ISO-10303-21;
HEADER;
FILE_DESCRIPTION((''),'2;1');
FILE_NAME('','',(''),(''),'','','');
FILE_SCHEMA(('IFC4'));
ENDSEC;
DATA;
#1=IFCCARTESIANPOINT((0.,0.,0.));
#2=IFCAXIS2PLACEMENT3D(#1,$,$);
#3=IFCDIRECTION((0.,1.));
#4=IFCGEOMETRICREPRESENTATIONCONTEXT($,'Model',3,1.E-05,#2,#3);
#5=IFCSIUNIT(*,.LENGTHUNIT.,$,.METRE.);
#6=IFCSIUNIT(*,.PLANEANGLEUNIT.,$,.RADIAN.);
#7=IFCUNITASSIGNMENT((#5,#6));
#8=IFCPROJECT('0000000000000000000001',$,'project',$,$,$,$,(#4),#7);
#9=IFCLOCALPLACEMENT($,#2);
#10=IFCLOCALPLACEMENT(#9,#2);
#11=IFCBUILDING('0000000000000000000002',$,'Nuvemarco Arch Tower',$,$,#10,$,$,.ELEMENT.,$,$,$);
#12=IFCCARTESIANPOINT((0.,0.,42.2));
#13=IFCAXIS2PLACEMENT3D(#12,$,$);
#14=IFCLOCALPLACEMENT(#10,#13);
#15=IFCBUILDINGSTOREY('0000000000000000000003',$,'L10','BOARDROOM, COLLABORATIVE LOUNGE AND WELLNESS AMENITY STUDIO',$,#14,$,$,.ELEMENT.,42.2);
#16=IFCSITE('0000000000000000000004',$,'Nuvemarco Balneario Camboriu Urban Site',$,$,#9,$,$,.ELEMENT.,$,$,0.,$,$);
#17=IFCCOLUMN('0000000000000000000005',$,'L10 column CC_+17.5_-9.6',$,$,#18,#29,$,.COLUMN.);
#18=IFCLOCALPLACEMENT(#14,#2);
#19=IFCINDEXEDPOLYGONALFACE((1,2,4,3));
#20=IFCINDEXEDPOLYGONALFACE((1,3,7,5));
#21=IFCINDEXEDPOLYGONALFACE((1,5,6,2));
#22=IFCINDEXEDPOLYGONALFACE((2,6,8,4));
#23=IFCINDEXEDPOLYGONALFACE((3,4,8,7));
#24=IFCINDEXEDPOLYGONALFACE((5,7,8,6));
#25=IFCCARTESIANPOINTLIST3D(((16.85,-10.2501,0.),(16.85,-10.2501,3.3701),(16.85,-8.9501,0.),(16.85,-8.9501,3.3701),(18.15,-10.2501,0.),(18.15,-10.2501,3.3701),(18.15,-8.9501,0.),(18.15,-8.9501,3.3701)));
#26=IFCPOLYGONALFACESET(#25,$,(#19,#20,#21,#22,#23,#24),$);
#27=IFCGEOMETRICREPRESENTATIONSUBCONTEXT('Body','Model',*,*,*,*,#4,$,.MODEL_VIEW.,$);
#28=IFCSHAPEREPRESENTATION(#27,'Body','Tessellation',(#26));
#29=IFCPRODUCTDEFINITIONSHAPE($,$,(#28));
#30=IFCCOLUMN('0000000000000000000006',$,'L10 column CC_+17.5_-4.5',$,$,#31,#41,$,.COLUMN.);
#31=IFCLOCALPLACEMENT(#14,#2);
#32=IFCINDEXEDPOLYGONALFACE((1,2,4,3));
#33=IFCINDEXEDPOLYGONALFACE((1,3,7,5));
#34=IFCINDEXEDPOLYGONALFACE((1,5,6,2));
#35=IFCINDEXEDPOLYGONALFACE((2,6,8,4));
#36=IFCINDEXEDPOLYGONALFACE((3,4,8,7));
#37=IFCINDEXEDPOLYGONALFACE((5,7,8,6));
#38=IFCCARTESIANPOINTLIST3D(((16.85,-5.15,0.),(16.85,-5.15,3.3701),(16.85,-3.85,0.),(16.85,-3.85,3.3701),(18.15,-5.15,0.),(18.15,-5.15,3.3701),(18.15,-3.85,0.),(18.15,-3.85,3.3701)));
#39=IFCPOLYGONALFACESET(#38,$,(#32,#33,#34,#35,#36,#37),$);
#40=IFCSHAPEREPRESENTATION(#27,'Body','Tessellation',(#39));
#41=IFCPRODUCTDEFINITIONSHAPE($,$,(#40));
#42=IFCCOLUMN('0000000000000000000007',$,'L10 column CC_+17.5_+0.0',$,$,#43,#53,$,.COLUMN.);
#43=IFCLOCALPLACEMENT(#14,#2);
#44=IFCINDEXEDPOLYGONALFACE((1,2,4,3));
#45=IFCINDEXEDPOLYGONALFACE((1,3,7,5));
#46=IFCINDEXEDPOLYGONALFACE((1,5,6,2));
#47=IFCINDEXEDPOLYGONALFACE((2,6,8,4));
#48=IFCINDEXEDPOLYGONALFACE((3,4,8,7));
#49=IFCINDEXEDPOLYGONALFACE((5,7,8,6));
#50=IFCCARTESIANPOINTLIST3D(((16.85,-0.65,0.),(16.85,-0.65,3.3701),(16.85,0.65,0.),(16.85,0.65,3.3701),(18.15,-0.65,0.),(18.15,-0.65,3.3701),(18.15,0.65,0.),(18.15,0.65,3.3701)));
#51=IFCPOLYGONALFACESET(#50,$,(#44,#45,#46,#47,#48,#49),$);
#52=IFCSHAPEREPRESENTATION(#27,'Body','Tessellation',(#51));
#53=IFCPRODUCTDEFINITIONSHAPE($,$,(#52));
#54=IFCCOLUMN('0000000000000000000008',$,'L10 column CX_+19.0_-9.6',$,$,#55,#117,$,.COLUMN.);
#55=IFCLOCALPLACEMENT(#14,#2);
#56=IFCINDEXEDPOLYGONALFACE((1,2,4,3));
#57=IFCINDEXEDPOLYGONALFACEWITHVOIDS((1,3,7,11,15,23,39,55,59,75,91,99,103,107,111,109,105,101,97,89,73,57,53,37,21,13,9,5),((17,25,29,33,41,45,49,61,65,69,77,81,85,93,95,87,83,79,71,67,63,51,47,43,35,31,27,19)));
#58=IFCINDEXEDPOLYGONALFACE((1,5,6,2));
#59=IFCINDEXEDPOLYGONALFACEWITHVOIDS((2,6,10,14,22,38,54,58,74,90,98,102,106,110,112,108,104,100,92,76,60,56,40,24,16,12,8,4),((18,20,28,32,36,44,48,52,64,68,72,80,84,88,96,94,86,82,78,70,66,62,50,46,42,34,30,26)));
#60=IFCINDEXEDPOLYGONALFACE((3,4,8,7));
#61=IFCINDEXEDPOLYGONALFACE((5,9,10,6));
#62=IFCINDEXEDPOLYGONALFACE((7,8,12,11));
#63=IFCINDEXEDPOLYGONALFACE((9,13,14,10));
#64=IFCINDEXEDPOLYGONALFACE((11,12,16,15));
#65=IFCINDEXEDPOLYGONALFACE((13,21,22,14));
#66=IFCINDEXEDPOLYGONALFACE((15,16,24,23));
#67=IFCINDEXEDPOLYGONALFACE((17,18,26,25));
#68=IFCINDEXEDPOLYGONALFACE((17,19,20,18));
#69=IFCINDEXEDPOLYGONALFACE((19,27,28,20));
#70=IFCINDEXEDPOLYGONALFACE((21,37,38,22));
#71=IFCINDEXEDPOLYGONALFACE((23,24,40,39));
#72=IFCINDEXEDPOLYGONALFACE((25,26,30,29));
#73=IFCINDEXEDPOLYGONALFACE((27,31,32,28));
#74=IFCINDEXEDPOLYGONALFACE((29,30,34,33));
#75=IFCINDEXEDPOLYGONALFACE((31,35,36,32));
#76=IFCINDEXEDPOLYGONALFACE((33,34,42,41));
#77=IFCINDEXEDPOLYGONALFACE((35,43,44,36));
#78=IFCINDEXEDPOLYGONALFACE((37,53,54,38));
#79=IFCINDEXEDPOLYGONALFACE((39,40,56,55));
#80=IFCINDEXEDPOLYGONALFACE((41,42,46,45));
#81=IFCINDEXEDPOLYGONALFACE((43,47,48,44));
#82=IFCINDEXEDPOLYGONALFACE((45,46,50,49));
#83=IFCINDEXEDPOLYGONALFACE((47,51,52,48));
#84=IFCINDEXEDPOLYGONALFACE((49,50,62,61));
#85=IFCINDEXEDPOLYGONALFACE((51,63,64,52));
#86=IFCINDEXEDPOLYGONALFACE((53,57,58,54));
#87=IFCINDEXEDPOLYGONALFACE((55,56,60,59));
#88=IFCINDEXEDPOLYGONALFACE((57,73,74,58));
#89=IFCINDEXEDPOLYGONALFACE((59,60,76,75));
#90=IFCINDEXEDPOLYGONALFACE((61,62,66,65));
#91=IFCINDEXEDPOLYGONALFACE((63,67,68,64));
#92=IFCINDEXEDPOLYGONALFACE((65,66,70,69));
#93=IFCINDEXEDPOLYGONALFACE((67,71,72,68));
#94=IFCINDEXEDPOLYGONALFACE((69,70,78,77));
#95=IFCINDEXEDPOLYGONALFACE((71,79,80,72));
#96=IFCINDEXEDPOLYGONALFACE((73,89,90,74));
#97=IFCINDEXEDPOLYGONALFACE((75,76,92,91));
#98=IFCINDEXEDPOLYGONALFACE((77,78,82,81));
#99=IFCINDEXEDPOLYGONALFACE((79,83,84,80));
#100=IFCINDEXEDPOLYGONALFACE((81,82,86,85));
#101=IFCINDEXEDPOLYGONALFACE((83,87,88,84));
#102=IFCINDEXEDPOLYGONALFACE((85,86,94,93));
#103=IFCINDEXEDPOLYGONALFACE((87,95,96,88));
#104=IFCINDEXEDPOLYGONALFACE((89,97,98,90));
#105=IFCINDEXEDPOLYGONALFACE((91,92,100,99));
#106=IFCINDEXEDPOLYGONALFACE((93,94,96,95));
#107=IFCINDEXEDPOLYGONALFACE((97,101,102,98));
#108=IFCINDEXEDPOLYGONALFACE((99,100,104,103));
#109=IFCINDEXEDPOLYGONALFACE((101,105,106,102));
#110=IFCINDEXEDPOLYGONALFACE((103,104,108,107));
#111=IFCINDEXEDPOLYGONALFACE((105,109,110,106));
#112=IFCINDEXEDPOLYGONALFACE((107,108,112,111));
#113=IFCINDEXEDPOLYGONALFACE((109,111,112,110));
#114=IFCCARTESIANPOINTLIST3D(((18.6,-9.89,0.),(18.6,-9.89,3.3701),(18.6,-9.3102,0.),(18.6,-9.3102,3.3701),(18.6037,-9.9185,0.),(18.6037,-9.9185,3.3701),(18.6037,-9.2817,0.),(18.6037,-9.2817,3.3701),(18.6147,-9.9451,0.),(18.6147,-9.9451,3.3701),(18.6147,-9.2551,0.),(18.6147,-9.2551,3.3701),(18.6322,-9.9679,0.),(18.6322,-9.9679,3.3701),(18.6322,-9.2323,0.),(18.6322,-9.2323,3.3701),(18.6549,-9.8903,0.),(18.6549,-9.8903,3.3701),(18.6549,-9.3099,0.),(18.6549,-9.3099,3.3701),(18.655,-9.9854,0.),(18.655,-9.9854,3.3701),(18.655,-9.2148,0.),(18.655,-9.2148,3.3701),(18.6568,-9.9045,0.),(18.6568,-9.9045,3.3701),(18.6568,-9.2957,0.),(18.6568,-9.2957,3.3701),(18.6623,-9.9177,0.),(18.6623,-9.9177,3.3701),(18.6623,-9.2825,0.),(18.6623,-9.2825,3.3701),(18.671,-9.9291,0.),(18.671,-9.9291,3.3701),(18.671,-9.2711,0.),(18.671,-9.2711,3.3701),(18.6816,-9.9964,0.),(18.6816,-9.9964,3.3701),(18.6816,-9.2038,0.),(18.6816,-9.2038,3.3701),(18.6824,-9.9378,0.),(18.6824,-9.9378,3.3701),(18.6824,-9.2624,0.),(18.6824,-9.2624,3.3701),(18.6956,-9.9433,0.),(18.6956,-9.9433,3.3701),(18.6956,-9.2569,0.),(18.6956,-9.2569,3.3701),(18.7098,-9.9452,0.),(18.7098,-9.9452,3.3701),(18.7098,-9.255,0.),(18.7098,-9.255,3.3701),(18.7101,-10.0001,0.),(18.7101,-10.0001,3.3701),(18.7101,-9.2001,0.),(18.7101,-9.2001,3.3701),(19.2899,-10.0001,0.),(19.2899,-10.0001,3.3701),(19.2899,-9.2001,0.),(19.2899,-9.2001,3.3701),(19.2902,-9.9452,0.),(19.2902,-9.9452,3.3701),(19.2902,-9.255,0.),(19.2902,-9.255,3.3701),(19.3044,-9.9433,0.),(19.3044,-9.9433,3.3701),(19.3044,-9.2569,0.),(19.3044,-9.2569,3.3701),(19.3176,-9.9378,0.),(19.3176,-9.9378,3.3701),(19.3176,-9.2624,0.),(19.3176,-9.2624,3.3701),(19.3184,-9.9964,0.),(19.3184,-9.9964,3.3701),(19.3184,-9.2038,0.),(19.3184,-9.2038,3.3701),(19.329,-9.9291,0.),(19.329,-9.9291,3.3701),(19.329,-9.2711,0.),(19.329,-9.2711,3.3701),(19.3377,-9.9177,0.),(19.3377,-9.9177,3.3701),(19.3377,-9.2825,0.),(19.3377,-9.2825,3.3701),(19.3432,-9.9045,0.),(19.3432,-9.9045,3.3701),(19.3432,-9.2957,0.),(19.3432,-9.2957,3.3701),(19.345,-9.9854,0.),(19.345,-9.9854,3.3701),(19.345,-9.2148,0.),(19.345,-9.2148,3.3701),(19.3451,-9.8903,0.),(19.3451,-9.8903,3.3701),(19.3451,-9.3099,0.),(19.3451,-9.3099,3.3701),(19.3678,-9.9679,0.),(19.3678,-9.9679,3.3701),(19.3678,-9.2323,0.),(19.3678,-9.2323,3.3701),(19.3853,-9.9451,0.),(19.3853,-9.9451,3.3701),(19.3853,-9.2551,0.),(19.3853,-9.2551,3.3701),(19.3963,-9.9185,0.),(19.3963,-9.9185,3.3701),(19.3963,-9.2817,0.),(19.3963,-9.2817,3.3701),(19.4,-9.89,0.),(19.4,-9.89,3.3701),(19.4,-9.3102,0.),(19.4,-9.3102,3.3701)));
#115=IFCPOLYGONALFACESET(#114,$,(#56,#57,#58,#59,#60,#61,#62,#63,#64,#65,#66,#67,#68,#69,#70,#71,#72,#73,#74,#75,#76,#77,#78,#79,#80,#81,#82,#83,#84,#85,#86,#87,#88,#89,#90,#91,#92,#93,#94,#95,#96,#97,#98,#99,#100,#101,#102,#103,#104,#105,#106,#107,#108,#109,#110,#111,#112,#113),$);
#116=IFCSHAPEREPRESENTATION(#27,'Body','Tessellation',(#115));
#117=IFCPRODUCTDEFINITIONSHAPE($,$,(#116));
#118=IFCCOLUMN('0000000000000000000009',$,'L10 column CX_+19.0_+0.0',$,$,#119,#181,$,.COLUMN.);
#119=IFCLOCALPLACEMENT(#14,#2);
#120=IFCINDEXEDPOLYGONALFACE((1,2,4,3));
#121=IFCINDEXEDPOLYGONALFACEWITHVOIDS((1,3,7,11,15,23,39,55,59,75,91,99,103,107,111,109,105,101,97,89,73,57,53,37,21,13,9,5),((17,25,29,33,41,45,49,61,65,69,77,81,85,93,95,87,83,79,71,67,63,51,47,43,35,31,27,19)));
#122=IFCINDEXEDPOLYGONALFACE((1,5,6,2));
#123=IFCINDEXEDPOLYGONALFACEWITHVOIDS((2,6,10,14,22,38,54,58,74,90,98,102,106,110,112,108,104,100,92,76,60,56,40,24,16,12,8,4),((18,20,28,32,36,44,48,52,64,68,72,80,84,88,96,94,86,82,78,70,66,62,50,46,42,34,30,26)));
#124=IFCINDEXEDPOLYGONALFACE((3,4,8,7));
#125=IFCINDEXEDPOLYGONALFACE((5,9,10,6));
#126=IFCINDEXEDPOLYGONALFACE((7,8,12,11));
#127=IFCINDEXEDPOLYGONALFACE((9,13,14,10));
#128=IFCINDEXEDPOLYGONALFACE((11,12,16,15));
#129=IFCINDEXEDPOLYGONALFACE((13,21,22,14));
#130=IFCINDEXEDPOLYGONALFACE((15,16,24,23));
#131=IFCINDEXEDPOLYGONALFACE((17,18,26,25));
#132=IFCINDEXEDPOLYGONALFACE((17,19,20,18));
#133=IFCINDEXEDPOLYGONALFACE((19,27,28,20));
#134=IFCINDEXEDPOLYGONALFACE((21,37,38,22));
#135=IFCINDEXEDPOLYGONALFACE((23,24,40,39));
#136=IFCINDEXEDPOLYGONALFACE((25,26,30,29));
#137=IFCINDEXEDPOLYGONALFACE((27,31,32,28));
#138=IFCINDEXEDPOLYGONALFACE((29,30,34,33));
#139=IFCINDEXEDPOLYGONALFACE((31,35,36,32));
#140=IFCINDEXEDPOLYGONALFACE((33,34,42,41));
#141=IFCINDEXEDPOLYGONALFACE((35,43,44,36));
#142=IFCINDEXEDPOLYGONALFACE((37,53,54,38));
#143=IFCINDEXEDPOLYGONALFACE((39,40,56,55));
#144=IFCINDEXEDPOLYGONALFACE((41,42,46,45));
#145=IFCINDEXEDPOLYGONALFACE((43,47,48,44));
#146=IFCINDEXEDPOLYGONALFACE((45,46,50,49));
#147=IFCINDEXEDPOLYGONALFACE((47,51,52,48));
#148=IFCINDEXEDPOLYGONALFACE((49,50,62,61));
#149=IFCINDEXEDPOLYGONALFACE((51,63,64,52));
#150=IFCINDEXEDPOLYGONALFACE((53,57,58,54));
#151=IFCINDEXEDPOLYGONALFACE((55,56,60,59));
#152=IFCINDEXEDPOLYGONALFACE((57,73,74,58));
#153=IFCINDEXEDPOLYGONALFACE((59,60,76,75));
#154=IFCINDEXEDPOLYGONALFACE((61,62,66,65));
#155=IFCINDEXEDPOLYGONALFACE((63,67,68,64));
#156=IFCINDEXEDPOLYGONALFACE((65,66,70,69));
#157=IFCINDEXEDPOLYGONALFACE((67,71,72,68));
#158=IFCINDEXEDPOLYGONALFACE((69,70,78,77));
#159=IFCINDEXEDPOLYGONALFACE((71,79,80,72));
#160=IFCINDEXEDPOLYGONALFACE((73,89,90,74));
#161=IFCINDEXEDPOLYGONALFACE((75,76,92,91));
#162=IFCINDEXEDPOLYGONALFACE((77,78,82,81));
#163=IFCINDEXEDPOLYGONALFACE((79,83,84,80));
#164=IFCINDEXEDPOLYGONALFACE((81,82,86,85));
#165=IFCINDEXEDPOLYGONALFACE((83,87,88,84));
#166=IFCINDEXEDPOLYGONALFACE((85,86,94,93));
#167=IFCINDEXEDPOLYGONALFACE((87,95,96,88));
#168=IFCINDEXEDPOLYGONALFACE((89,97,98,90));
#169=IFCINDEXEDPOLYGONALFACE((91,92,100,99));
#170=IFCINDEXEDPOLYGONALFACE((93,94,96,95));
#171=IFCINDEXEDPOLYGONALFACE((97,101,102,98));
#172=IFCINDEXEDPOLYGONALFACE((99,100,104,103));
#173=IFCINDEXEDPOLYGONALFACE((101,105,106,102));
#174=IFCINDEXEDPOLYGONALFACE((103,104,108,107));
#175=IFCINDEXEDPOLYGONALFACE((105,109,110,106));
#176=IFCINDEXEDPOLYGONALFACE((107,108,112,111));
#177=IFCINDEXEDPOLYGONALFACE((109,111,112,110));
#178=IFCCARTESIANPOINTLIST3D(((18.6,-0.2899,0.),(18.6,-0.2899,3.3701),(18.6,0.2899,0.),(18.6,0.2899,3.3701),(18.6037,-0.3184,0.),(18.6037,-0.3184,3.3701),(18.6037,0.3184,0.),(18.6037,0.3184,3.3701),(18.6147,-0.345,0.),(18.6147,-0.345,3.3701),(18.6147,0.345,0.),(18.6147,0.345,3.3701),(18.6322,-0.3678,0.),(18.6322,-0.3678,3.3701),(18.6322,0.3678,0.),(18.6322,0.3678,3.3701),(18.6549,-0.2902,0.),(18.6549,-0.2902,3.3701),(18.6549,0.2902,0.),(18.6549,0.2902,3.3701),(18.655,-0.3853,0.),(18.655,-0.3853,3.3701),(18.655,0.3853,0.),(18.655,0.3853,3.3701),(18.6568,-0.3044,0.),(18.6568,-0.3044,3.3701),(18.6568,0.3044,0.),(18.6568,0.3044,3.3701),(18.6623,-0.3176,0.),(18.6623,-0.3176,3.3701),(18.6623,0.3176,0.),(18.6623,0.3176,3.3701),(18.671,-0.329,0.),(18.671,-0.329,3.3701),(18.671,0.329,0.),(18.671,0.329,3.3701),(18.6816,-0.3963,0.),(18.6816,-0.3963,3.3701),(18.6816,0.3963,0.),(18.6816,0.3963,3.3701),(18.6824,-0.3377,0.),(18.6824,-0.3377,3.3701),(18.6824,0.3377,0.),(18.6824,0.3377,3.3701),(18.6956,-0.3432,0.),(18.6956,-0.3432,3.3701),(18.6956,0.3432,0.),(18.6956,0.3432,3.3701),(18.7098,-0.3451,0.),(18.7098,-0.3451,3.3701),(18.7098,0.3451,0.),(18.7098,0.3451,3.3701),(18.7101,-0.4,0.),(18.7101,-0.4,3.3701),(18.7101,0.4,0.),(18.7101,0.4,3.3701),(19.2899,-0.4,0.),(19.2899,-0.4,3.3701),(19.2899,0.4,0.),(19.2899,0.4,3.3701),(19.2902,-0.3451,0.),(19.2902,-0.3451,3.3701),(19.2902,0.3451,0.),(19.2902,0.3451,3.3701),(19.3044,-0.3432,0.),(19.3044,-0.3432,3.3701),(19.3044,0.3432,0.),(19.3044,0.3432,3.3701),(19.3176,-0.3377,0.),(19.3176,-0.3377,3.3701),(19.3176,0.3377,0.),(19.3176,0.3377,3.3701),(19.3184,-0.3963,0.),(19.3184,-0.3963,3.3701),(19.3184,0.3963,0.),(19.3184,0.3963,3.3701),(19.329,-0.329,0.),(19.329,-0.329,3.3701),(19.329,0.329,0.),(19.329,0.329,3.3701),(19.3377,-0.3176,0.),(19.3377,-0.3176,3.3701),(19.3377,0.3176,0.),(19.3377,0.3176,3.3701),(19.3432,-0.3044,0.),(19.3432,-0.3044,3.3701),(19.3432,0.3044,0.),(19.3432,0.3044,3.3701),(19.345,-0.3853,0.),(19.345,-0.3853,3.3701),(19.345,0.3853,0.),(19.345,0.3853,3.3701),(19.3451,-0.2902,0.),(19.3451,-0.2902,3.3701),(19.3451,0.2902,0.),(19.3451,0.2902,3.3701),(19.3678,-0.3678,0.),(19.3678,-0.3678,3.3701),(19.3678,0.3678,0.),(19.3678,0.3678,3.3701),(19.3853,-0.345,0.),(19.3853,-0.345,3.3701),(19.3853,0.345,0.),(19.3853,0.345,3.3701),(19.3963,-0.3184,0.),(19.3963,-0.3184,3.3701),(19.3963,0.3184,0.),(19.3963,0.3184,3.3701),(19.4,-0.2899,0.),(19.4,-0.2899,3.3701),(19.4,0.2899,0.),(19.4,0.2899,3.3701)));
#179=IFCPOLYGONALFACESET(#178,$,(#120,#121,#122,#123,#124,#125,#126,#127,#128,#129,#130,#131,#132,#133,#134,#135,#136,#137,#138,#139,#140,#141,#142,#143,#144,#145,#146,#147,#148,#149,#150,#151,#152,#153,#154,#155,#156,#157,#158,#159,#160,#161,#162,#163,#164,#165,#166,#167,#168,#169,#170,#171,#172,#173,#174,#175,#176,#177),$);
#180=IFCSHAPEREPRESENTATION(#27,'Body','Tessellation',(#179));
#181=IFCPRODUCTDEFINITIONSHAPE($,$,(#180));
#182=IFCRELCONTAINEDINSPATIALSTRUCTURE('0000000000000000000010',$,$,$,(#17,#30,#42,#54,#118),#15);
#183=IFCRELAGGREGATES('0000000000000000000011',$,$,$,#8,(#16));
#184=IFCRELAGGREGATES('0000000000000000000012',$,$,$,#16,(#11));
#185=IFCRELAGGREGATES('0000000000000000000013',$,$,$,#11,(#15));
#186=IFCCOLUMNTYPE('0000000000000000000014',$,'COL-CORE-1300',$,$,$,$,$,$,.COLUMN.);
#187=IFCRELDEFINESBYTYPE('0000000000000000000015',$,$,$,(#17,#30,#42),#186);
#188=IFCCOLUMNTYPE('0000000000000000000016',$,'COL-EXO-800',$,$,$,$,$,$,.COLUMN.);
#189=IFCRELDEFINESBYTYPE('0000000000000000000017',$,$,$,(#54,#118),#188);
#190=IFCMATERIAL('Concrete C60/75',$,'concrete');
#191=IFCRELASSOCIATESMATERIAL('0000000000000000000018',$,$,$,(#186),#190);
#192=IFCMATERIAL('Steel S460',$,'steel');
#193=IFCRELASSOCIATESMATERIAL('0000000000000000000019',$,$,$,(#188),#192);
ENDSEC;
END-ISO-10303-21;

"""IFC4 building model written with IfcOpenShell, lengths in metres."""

from ifc_helpers import new_model, si_unit, direction, frame, origin, origin_2d, place, context, subcontext, project, spatial, rectangle, hollow_rectangle, extrude, material, material_profile, profile_set, type_object, element, save


model = new_model("IFC4")

# Units and contexts
model_context = context("Model", 3, precision=1e-05, world=origin(), true_north=direction((0.0, 1.0)))
body_context = subcontext(model_context, "Body", "Model", "MODEL_VIEW")
ifc_project = project(units=[si_unit("LENGTHUNIT", "METRE"), si_unit("PLANEANGLEUNIT", "RADIAN")], contexts=[model_context])

# Site, building, storey
site_placement = place(None, origin())
site = spatial("IfcSite", under=ifc_project, at=site_placement, Name="Nuvemarco Balneario Camboriu Urban Site", CompositionType="ELEMENT", RefElevation=0.0)
building_placement = place(site_placement, origin())
building = spatial("IfcBuilding", under=site, at=building_placement, Name="Nuvemarco Arch Tower", CompositionType="ELEMENT")
storey_placement = place(building_placement, frame((0.0, 0.0, 42.2)))
storey = spatial("IfcBuildingStorey", under=building, at=storey_placement, Name="L10", Description="BOARDROOM, COLLABORATIVE LOUNGE AND WELLNESS AMENITY STUDIO", CompositionType="ELEMENT", Elevation=42.2)

# Columns
ifc_material_1 = material(Name="Concrete C60/75", Category="concrete")
ifc_material_profile_1 = material_profile(ifc_material_1, rectangle(XDim=1.3, YDim=1.3, at=origin_2d()), Name="RC-COL-1300x1300")
ifc_profile_set_1 = profile_set([ifc_material_profile_1], Name="Concrete C60/75")
column_type_1 = type_object("IfcColumnType", Name="COL-CORE-1300", PredefinedType="COLUMN", material=ifc_profile_set_1)
for number, where, z_axis, x_axis, name in (
    (1, (17.5, -9.6001, 0.0), (0.0, 0.0, 1.0), (1.0, 0.0, 0.0), "L10 column CC_+17.5_-9.6"),
    (2, (17.5, -4.5, 0.0), (0.0, 0.0, 1.0), (1.0, 0.0, 0.0), "L10 column CC_+17.5_-4.5"),
    (3, (17.5, 0.0, 0.0), (0.0, 0.0, 1.0), (1.0, 0.0, 0.0), "L10 column CC_+17.5_+0.0"),
):
    element("IfcColumn", number, at=place(storey_placement, frame(where, z_axis=z_axis, x_axis=x_axis)), inside=storey, type_object=column_type_1, Name=name, PredefinedType="COLUMN", context=body_context, shape_type="SweptSolid", body=[
        extrude(rectangle(XDim=1.3, YDim=1.3, at=origin_2d()), origin(), (0.0, 0.0, 1.0), 3.3701),
    ])
ifc_material_2 = material(Name="Steel S460", Category="steel")
ifc_material_profile_2 = material_profile(ifc_material_2, hollow_rectangle(XDim=0.8, YDim=0.8, WallThickness=0.0549, InnerFilletRadius=0.0549, OuterFilletRadius=0.1101, at=origin_2d()), Name="SHS800x800x55")
ifc_profile_set_2 = profile_set([ifc_material_profile_2], Name="Steel S460")
column_type_2 = type_object("IfcColumnType", Name="COL-EXO-800", PredefinedType="COLUMN", material=ifc_profile_set_2)
for number, where, z_axis, x_axis, name in (
    (4, (19.0, -9.6001, 0.0), (0.0, 0.0, 1.0), (1.0, 0.0, 0.0), "L10 column CX_+19.0_-9.6"),
    (5, (19.0, 0.0, 0.0), (0.0, 0.0, 1.0), (1.0, 0.0, 0.0), "L10 column CX_+19.0_+0.0"),
):
    element("IfcColumn", number, at=place(storey_placement, frame(where, z_axis=z_axis, x_axis=x_axis)), inside=storey, type_object=column_type_2, Name=name, PredefinedType="COLUMN", context=body_context, shape_type="SweptSolid", body=[
        extrude(hollow_rectangle(XDim=0.8, YDim=0.8, WallThickness=0.0549, InnerFilletRadius=0.0549, OuterFilletRadius=0.1101, at=origin_2d()), origin(), (0.0, 0.0, 1.0), 3.3701),
    ])

save(model, "model.ifc")
